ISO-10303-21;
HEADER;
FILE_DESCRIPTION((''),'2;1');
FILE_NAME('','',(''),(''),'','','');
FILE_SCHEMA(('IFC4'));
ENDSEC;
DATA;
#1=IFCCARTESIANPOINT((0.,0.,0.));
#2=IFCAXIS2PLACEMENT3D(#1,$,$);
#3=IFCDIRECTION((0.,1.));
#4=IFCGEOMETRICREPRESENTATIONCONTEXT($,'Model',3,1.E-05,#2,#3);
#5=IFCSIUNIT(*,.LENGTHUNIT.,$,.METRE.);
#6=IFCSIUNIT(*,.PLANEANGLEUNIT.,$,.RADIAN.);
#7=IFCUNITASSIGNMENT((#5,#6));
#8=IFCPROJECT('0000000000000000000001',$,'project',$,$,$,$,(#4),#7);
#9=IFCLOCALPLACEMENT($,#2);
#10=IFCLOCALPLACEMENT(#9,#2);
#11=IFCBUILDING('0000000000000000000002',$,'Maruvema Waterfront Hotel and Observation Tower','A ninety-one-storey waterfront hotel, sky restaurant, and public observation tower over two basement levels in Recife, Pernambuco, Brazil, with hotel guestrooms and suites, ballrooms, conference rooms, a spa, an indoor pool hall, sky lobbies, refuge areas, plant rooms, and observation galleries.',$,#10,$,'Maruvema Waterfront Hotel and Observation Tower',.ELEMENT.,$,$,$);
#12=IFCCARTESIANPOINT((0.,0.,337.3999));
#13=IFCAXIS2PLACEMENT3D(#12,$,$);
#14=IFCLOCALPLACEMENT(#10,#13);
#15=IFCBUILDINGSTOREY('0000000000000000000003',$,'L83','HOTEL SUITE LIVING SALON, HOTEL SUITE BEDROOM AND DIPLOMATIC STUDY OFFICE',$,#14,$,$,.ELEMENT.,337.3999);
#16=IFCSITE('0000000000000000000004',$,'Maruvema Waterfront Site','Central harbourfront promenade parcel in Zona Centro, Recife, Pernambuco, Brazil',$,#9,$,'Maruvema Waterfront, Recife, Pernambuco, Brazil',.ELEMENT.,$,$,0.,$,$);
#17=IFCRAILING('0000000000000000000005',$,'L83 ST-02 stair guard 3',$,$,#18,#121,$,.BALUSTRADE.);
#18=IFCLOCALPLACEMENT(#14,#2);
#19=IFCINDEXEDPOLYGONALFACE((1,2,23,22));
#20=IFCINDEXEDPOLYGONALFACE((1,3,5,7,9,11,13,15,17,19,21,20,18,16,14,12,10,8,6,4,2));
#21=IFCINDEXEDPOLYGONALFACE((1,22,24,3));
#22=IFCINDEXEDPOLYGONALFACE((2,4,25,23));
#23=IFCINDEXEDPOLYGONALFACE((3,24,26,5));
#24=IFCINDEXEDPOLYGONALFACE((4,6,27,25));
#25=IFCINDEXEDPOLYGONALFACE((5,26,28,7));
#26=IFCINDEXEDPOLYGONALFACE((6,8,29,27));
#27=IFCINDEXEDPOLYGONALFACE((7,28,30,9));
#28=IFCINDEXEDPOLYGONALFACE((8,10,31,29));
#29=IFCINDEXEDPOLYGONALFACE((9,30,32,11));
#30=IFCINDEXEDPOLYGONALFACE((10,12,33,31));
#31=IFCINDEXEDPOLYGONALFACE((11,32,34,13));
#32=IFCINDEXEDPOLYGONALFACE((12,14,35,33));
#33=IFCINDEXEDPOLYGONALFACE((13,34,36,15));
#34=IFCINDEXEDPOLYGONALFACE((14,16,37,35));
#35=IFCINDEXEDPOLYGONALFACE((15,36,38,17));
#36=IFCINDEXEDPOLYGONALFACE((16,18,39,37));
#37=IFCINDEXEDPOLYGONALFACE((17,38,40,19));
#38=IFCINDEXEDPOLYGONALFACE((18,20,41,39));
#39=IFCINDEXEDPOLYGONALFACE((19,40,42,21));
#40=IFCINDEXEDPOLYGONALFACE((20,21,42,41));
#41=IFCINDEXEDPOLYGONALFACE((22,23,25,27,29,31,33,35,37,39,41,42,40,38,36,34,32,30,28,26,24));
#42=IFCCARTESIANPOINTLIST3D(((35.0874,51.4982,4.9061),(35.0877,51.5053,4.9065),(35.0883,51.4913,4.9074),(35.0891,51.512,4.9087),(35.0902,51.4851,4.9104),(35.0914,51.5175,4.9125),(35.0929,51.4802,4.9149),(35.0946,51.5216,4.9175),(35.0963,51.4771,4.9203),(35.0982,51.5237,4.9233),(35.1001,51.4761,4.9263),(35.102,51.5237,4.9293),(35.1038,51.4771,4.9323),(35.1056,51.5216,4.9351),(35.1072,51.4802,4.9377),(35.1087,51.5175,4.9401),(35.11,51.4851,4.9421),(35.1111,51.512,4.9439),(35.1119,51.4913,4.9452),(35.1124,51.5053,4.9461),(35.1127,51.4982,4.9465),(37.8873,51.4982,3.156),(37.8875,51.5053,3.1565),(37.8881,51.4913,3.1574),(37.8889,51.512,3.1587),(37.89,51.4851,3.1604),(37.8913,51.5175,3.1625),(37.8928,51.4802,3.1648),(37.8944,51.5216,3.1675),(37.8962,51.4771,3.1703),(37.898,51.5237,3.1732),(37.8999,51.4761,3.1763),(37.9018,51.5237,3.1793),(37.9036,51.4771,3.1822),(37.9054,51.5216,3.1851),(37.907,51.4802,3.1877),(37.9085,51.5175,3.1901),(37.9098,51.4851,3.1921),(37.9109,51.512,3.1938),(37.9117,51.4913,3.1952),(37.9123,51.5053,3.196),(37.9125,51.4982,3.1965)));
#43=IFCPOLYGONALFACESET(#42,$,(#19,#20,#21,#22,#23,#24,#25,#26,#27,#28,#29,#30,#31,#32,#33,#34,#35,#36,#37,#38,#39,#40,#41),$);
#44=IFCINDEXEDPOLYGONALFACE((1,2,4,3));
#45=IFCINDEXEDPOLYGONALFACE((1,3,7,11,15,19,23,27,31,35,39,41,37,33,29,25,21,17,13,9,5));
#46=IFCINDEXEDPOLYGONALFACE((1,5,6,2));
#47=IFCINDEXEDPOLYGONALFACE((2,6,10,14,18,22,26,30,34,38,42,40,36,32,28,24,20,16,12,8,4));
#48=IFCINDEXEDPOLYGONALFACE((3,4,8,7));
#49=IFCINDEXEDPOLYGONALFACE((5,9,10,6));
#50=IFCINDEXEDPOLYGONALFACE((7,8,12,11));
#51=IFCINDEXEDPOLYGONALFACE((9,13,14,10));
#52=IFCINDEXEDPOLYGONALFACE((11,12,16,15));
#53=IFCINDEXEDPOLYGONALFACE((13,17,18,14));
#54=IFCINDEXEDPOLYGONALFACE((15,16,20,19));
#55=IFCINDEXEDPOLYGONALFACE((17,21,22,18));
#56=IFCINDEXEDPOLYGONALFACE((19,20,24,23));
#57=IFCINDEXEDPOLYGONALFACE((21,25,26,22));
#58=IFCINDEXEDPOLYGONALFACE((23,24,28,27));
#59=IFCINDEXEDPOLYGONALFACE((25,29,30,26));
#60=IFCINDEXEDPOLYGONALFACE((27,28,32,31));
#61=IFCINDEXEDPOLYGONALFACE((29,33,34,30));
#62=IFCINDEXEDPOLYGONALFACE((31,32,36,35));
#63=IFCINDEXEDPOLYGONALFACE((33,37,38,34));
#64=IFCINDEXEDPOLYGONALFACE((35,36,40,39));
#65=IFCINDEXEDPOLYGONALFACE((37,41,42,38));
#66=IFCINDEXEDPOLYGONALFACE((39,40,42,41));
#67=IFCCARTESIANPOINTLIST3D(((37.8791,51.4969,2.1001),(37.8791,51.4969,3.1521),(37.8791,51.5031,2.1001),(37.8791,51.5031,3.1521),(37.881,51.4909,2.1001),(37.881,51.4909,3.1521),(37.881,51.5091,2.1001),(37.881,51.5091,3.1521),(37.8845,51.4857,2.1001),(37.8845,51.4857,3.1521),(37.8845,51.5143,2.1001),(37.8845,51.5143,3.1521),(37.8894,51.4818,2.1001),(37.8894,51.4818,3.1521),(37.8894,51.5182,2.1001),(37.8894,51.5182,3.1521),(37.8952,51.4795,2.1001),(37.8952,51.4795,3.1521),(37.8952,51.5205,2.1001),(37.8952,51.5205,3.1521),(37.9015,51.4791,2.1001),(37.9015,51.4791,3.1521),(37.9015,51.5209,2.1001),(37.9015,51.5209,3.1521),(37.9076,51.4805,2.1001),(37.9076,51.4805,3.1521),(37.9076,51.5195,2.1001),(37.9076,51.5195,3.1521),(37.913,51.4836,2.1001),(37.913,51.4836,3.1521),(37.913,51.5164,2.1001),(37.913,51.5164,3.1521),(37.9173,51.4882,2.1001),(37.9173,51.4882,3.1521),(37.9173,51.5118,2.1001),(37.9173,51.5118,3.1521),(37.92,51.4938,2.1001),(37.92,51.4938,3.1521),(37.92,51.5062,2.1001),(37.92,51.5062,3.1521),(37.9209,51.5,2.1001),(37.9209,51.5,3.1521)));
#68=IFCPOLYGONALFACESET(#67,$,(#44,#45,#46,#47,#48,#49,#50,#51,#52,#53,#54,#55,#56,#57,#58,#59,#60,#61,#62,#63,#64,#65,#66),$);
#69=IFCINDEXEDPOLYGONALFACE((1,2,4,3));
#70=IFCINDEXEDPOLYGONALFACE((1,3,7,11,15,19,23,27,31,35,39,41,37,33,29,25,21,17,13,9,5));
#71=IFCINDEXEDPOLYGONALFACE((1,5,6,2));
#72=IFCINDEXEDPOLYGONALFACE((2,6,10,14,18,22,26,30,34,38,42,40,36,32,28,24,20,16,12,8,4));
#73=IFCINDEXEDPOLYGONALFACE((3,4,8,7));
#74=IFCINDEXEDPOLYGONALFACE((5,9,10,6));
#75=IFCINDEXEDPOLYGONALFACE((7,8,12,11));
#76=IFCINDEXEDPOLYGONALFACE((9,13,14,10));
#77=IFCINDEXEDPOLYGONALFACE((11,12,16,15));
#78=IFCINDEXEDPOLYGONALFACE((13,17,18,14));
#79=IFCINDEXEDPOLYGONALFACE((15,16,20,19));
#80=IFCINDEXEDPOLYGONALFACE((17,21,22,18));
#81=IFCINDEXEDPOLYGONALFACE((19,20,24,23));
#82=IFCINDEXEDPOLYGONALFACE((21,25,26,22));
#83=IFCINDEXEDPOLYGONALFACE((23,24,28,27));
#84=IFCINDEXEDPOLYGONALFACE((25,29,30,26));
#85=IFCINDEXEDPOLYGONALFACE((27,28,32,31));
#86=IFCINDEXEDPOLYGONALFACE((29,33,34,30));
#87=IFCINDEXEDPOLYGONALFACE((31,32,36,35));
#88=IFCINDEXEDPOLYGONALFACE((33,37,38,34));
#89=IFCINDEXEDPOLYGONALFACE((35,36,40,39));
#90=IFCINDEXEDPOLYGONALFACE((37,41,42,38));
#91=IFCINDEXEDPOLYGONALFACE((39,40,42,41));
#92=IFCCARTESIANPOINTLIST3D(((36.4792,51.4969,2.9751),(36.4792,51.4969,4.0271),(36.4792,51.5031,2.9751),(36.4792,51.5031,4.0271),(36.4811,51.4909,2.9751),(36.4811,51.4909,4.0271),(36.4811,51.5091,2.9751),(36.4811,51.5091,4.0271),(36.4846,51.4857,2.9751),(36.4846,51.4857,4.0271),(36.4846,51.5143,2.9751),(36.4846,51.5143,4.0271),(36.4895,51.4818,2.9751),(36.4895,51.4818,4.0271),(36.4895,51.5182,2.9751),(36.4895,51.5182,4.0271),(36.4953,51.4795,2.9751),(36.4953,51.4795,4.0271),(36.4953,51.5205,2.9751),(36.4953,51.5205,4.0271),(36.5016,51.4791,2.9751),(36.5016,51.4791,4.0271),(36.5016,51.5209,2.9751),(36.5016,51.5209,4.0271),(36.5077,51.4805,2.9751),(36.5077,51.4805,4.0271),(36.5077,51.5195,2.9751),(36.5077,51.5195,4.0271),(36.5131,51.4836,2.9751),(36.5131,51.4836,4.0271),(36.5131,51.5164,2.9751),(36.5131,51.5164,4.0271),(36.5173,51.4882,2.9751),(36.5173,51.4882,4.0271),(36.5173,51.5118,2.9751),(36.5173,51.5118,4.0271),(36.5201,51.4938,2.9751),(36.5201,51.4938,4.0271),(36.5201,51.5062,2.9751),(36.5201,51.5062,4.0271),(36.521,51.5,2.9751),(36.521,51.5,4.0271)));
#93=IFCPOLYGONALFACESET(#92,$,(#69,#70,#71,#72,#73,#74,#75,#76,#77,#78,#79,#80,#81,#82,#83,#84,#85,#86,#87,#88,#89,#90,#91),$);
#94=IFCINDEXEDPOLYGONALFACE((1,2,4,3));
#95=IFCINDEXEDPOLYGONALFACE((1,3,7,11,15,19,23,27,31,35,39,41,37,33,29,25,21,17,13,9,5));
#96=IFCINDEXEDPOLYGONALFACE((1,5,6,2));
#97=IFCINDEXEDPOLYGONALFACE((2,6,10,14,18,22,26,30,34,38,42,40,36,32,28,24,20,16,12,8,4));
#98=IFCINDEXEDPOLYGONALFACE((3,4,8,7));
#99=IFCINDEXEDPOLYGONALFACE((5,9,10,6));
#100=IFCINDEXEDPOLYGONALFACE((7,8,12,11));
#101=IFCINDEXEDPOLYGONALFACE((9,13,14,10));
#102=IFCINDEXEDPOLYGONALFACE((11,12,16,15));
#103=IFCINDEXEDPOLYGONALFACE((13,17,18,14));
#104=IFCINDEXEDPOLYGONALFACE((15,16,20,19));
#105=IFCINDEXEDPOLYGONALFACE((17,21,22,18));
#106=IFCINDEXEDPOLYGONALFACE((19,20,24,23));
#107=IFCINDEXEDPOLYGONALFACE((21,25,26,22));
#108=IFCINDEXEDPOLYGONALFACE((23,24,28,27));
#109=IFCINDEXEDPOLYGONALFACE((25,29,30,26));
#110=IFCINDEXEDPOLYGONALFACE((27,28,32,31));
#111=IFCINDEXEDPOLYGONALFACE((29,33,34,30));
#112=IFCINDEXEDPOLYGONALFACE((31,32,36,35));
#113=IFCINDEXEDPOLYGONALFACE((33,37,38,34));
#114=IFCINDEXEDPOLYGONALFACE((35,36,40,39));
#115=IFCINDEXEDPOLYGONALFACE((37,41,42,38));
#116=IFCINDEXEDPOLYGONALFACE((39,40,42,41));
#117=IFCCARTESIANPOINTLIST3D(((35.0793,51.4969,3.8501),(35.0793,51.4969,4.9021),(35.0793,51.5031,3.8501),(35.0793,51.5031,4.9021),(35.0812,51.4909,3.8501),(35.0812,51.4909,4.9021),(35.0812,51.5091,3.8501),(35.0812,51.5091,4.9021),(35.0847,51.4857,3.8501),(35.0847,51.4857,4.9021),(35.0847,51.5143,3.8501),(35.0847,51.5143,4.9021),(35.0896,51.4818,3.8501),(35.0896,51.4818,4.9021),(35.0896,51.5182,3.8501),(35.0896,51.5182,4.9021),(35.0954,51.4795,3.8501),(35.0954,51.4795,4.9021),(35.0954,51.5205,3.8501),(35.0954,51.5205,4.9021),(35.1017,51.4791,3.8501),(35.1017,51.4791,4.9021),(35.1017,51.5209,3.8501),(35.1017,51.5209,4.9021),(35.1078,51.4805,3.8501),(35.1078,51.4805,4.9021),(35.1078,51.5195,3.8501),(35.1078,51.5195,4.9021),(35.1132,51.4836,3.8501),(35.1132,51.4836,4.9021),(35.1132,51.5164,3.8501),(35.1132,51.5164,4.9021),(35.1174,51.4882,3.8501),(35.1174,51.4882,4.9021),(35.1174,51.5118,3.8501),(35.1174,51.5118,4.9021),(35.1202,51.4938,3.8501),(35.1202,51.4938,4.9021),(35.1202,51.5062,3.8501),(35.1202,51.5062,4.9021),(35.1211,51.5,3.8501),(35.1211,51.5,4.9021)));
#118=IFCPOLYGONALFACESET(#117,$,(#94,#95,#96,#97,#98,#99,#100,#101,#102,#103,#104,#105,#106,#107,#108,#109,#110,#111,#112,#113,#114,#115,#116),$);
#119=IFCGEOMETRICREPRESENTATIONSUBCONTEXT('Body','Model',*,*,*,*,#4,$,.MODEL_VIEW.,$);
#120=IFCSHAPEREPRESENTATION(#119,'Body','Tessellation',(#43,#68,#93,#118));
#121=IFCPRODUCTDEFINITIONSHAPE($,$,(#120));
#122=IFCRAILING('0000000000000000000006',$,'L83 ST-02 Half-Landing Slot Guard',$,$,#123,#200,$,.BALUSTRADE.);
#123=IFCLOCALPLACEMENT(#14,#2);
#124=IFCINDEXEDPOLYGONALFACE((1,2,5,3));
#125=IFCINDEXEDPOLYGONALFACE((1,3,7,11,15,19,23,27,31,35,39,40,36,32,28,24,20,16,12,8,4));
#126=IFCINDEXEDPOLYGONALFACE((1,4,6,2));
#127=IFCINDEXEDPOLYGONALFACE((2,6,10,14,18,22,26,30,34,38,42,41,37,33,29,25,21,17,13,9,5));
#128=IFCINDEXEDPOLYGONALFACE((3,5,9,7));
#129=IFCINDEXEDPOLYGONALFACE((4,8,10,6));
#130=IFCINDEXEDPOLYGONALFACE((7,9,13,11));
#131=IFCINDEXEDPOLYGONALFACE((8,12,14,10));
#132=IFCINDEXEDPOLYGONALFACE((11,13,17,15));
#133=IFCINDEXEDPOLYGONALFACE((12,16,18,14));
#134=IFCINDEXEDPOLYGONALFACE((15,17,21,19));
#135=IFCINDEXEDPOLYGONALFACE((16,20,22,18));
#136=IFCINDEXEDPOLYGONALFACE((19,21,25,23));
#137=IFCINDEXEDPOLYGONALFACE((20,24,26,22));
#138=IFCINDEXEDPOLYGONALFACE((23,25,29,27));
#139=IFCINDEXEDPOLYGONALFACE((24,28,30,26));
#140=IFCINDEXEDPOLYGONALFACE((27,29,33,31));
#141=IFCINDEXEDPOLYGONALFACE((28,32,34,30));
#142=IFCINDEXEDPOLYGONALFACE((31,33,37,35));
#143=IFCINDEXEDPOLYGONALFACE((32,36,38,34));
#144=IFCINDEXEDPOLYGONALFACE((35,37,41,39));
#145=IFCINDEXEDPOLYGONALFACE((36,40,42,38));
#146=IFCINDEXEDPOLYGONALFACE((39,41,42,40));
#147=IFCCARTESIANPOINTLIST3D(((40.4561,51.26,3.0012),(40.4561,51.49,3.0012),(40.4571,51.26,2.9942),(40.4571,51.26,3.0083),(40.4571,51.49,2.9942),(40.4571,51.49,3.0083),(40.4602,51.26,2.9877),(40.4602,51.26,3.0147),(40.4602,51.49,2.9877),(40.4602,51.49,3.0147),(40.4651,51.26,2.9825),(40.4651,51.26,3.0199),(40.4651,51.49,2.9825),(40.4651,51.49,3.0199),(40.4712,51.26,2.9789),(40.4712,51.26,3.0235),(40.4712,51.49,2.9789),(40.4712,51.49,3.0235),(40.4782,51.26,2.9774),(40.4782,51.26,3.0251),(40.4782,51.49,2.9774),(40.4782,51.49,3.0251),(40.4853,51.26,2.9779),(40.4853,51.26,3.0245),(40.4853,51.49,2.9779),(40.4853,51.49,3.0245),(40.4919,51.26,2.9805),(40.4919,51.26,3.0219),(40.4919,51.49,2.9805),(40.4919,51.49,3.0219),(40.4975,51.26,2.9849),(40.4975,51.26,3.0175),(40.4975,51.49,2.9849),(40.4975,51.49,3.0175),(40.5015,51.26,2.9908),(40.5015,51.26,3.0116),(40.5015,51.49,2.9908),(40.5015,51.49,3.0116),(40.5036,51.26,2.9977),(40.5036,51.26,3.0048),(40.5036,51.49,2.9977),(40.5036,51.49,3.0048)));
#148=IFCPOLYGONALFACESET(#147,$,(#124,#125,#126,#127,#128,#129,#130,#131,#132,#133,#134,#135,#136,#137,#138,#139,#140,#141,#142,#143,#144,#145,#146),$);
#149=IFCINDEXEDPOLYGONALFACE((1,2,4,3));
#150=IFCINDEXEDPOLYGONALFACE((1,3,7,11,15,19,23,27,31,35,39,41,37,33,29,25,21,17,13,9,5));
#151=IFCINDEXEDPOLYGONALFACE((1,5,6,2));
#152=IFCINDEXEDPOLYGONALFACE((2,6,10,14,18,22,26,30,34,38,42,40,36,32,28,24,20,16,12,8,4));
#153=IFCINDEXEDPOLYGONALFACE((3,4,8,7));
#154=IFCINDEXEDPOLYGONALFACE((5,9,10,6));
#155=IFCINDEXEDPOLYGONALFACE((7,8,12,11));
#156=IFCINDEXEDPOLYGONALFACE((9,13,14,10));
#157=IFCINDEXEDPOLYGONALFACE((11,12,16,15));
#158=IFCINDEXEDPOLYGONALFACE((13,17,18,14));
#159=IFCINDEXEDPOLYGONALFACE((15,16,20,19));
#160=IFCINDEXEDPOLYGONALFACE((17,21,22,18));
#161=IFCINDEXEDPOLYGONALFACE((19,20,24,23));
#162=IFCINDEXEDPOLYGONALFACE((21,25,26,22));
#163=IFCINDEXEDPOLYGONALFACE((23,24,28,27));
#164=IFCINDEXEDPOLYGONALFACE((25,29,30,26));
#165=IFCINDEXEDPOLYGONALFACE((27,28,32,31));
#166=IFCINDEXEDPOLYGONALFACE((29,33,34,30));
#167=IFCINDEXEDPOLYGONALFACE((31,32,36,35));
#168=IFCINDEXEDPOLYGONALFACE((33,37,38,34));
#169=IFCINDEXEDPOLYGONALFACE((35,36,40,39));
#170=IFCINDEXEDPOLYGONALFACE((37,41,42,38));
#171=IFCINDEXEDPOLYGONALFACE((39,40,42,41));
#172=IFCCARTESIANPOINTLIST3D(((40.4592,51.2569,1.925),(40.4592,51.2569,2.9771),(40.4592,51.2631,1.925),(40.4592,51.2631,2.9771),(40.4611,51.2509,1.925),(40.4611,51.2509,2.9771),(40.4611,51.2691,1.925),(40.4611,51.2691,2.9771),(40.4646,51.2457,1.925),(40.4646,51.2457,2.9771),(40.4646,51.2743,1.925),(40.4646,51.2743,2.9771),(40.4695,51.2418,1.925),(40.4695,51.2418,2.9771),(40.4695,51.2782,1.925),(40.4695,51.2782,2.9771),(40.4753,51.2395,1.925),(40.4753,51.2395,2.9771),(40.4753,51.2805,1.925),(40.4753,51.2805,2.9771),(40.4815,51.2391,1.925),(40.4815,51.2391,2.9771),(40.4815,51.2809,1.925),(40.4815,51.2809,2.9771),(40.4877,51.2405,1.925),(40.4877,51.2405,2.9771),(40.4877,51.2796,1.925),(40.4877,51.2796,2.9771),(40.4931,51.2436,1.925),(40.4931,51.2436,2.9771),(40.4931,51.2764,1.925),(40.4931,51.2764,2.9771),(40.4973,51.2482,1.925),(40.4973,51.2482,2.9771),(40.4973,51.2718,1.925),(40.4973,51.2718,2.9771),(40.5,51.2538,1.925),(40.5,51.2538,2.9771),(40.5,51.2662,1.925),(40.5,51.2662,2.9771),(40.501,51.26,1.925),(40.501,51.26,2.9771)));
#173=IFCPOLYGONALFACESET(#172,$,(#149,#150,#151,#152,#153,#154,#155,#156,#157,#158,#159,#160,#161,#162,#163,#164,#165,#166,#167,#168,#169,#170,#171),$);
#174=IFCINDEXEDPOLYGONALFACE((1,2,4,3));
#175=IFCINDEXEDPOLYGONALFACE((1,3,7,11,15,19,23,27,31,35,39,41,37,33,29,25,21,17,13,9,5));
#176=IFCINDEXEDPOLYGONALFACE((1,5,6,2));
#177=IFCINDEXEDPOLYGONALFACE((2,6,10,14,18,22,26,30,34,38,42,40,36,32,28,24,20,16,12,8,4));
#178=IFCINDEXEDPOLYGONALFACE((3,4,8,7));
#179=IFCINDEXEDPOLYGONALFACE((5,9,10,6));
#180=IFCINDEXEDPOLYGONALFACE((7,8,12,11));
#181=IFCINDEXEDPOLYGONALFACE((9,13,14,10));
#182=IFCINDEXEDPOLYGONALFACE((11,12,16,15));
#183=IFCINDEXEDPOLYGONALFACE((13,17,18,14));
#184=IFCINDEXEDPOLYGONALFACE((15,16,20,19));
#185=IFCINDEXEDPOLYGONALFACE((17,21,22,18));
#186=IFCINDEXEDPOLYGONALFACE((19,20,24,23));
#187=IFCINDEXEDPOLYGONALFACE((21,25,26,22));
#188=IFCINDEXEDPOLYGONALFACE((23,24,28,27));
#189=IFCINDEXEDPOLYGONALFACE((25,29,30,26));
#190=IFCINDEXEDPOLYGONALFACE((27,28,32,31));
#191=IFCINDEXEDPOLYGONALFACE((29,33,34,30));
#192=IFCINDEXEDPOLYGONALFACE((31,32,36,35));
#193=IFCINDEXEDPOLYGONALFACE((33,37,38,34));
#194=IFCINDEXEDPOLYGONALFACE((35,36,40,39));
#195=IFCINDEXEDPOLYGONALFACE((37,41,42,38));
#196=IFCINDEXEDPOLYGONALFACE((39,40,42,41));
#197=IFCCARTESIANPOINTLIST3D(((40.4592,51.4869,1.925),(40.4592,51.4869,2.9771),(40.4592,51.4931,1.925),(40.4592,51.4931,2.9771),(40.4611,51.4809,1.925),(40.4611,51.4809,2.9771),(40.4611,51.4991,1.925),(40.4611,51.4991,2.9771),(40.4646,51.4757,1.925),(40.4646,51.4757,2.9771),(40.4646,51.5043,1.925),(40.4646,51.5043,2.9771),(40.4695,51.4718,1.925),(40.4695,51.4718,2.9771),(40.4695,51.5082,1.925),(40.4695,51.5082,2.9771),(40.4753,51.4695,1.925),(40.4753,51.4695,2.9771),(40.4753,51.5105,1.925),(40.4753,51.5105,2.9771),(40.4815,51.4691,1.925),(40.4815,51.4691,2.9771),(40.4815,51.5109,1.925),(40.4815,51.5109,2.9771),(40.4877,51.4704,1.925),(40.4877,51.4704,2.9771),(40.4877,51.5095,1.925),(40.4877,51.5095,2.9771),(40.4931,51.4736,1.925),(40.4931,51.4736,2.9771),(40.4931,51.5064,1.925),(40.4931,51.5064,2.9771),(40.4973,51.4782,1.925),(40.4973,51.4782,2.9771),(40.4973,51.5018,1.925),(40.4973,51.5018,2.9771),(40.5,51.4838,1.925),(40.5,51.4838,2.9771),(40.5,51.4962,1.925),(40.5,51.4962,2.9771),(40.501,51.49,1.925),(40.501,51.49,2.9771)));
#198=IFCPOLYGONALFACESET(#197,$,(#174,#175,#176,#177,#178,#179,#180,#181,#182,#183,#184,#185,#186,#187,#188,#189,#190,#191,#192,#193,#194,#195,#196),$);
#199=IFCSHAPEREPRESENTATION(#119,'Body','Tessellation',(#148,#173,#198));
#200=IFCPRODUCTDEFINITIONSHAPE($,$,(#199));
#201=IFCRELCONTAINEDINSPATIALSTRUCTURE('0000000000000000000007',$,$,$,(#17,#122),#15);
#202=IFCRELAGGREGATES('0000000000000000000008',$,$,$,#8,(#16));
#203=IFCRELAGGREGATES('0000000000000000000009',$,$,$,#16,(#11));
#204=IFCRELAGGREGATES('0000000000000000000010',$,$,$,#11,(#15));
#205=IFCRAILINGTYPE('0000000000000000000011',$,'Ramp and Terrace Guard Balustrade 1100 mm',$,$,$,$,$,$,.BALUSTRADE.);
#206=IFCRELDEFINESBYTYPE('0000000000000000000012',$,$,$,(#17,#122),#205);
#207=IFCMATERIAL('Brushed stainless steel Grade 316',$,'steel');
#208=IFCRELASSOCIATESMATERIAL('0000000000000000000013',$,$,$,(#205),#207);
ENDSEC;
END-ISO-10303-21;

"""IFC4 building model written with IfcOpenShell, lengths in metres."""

from ifc_helpers import new_model, si_unit, direction, frame, origin, origin_2d, place, context, subcontext, project, spatial, circle, extrude, material, type_object, element, save


model = new_model("IFC4")

# Units and contexts
model_context = context("Model", 3, precision=1e-05, world=origin(), true_north=direction((0.0, 1.0)))
body_context = subcontext(model_context, "Body", "Model", "MODEL_VIEW")
ifc_project = project(units=[si_unit("LENGTHUNIT", "METRE"), si_unit("PLANEANGLEUNIT", "RADIAN")], contexts=[model_context])

# Site, building, storey
site_placement = place(None, origin())
site = spatial("IfcSite", under=ifc_project, at=site_placement, Name="Maruvema Waterfront Site", Description="Central harbourfront promenade parcel in Zona Centro, Recife, Pernambuco, Brazil", LongName="Maruvema Waterfront, Recife, Pernambuco, Brazil", CompositionType="ELEMENT", RefElevation=0.0)
building_placement = place(site_placement, origin())
building = spatial("IfcBuilding", under=site, at=building_placement, Name="Maruvema Waterfront Hotel and Observation Tower", Description="A ninety-one-storey waterfront hotel, sky restaurant, and public observation tower over two basement levels in Recife, Pernambuco, Brazil, with hotel guestrooms and suites, ballrooms, conference rooms, a spa, an indoor pool hall, sky lobbies, refuge areas, plant rooms, and observation galleries.", LongName="Maruvema Waterfront Hotel and Observation Tower", CompositionType="ELEMENT")
storey_placement = place(building_placement, frame((0.0, 0.0, 337.3999)))
storey = spatial("IfcBuildingStorey", under=building, at=storey_placement, Name="L83", Description="HOTEL SUITE LIVING SALON, HOTEL SUITE BEDROOM AND DIPLOMATIC STUDY OFFICE", CompositionType="ELEMENT", Elevation=337.3999)

# Railings
ifc_material_1 = material(Name="Brushed stainless steel Grade 316", Category="steel")
railing_type_1 = type_object("IfcRailingType", Name="Ramp and Terrace Guard Balustrade 1100 mm", PredefinedType="BALUSTRADE", material=ifc_material_1)
railing_1_placement = place(storey_placement, frame((37.8999, 51.5, 2.1001)))
element("IfcRailing", 1, at=railing_1_placement, inside=storey, type_object=railing_type_1, Name="L83 ST-02 stair guard 3", PredefinedType="BALUSTRADE", context=body_context, shape_type="SweptSolid", body=[
    extrude(circle(Radius=0.0239, at=origin_2d()), frame((0.0, 0.0, 1.0762), z_axis=(-0.847982, 0.0, 0.530026), x_axis=(0.0, -1.0, 0.0)), (0.0, 0.0, 1.0), 3.3018),
    extrude(circle(Radius=0.021, at=origin_2d()), origin(), (0.0, 0.0, 1.0), 1.052),
    extrude(circle(Radius=0.021, at=origin_2d()), frame((-1.3999, 0.0, 0.875)), (0.0, 0.0, 1.0), 1.052),
    extrude(circle(Radius=0.021, at=origin_2d()), frame((-2.7998, 0.0, 1.75)), (0.0, 0.0, 1.0), 1.052),
])
railing_2_placement = place(storey_placement, frame((40.48, 51.26, 1.925)))
element("IfcRailing", 2, at=railing_2_placement, inside=storey, type_object=railing_type_1, Name="L83 ST-02 Half-Landing Slot Guard", PredefinedType="BALUSTRADE", context=body_context, shape_type="SweptSolid", body=[
    extrude(circle(Radius=0.0239, at=origin_2d()), frame((0.0, 0.0, 1.0762), z_axis=(0.0, 1.0, 0.0), x_axis=(-1.0, 0.0, 0.0)), (0.0, 0.0, 1.0), 0.23),
    extrude(circle(Radius=0.021, at=origin_2d()), origin(), (0.0, 0.0, 1.0), 1.052),
    extrude(circle(Radius=0.021, at=origin_2d()), frame((0.0, 0.23, 0.0)), (0.0, 0.0, 1.0), 1.052),
])

save(model, "model.ifc")
